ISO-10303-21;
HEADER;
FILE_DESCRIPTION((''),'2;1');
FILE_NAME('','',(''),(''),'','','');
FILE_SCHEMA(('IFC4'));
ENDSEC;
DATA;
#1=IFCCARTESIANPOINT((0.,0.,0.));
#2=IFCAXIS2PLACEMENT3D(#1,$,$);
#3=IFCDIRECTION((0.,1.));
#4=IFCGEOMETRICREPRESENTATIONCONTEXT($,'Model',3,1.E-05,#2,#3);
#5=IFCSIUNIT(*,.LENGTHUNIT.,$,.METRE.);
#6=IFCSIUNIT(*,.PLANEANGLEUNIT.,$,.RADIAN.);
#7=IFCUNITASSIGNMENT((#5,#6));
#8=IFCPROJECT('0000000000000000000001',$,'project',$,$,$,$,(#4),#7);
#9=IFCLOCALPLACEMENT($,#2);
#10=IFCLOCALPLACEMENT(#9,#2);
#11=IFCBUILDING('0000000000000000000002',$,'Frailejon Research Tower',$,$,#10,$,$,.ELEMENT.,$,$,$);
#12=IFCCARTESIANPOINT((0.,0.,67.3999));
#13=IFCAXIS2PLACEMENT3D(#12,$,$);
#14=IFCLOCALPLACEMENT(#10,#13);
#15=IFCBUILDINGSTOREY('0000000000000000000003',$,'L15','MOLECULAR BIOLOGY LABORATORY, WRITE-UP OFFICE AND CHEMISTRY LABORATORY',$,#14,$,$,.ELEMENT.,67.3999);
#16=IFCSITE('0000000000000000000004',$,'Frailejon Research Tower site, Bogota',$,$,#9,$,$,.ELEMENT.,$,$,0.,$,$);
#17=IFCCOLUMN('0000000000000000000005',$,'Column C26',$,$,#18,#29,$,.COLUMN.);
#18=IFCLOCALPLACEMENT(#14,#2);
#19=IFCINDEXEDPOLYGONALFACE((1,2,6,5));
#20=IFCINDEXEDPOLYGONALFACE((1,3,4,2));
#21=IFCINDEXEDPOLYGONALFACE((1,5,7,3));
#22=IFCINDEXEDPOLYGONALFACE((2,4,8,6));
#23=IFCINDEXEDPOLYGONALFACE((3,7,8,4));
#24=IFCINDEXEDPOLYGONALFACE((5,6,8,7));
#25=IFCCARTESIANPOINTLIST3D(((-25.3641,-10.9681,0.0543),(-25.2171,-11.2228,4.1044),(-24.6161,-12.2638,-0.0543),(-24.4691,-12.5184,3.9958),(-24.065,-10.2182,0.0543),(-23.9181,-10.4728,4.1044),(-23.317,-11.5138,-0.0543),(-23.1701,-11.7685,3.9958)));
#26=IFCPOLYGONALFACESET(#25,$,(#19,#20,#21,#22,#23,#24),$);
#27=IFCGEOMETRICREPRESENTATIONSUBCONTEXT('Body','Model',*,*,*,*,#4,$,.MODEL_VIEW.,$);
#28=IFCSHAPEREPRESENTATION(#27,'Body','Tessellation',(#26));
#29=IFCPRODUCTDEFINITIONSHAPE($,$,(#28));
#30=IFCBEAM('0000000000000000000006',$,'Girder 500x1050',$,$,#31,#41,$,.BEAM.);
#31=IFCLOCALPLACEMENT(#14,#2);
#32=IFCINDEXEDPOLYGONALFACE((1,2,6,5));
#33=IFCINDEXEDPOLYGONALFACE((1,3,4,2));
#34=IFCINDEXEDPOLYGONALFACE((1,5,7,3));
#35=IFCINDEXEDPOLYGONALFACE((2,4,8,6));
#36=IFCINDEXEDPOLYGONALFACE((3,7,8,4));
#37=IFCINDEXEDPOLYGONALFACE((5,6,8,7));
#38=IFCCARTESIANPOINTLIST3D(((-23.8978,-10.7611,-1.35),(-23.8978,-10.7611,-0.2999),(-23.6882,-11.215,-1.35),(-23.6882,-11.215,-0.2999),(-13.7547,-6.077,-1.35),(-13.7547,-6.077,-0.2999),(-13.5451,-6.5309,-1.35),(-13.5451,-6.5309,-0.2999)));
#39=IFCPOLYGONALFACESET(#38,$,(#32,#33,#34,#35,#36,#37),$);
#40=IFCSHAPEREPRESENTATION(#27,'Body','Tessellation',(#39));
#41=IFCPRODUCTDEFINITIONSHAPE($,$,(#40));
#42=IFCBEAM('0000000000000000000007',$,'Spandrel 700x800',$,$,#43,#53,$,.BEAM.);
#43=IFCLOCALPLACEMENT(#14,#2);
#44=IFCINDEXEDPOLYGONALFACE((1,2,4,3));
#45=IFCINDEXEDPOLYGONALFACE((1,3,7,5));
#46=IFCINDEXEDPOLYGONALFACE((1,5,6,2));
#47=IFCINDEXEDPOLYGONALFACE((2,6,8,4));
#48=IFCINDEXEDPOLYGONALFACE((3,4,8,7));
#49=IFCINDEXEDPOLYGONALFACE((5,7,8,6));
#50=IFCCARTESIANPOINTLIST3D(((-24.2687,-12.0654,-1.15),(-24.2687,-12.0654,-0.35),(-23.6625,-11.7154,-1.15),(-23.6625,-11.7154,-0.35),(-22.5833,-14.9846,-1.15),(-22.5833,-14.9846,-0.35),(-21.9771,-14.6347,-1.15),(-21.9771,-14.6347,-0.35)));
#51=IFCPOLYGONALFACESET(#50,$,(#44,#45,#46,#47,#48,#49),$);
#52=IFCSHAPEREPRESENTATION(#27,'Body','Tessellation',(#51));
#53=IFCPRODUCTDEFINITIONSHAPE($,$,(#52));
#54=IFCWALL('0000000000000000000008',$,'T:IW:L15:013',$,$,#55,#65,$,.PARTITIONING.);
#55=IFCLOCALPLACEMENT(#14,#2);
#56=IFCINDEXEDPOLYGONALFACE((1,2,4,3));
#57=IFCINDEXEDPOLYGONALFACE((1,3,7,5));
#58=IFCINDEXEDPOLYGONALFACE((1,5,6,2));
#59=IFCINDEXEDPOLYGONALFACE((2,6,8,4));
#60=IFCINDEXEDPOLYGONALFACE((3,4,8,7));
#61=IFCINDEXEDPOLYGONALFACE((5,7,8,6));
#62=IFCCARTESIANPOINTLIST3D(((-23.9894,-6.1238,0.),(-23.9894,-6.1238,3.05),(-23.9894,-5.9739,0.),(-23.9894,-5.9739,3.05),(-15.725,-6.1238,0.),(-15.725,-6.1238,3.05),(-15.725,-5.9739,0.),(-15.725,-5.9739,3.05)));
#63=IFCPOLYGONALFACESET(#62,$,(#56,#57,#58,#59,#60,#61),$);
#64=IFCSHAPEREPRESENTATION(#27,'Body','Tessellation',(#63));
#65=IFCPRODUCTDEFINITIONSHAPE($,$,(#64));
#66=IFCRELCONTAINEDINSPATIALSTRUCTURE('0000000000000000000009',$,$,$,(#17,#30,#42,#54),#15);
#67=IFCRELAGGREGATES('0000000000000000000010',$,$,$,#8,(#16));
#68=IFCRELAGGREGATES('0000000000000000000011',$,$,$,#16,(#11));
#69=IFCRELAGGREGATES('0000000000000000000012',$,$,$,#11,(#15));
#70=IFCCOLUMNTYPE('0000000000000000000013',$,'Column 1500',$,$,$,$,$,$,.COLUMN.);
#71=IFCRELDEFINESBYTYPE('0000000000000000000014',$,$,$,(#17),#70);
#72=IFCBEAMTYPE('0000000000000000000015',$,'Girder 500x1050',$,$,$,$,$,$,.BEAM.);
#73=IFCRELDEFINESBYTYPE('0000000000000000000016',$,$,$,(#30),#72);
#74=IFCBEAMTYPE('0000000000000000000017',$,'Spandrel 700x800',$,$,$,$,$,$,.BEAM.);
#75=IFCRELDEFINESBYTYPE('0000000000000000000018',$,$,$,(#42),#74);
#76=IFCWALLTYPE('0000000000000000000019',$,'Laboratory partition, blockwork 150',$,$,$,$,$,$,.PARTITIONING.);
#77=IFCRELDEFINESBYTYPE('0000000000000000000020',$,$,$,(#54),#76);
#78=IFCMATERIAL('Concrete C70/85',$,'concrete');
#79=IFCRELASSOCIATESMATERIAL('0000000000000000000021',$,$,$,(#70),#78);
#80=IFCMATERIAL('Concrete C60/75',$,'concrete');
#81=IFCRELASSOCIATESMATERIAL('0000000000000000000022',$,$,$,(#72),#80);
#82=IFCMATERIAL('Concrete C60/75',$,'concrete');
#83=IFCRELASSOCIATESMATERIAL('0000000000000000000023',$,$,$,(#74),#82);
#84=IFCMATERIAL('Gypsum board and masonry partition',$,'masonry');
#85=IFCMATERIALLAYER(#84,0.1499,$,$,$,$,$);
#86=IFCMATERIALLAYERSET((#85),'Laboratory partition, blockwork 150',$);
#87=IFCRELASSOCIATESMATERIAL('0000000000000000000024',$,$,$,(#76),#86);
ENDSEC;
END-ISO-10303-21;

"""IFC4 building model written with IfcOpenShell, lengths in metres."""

from ifc_helpers import new_model, si_unit, direction, frame, frame_2d, origin, origin_2d, place, context, subcontext, project, spatial, rectangle, extrude, material, layer, layer_set, material_profile, profile_set, type_object, element, save


model = new_model("IFC4")

# Units and contexts
model_context = context("Model", 3, precision=1e-05, world=origin(), true_north=direction((0.0, 1.0)))
body_context = subcontext(model_context, "Body", "Model", "MODEL_VIEW")
ifc_project = project(units=[si_unit("LENGTHUNIT", "METRE"), si_unit("PLANEANGLEUNIT", "RADIAN")], contexts=[model_context])

# Site, building, storey
site_placement = place(None, origin())
site = spatial("IfcSite", under=ifc_project, at=site_placement, Name="Frailejon Research Tower site, Bogota", CompositionType="ELEMENT", RefElevation=0.0)
building_placement = place(site_placement, origin())
building = spatial("IfcBuilding", under=site, at=building_placement, Name="Frailejon Research Tower", CompositionType="ELEMENT")
storey_placement = place(building_placement, frame((0.0, 0.0, 67.3999)))
storey = spatial("IfcBuildingStorey", under=building, at=storey_placement, Name="L15", Description="MOLECULAR BIOLOGY LABORATORY, WRITE-UP OFFICE AND CHEMISTRY LABORATORY", CompositionType="ELEMENT", Elevation=67.3999)

# Column
ifc_material_1 = material(Name="Concrete C70/85", Category="concrete")
ifc_material_profile_1 = material_profile(ifc_material_1, rectangle(XDim=1.5, YDim=1.5, at=origin_2d()), Name="Column 1500")
ifc_profile_set_1 = profile_set([ifc_material_profile_1], Name="Concrete C70/85")
column_type = type_object("IfcColumnType", Name="Column 1500", PredefinedType="COLUMN", material=ifc_profile_set_1)
column_placement = place(storey_placement, frame((-24.3406, -11.241, 0.0), z_axis=(0.036194, -0.062708, 0.997375), x_axis=(0.498666, -0.863765, -0.072404)))
element("IfcColumn", 1, at=column_placement, inside=storey, type_object=column_type, Name="Column C26", PredefinedType="COLUMN", context=body_context, shape_type="SweptSolid", body=[
    extrude(rectangle(XDim=1.5, YDim=1.5, at=origin_2d()), origin(), (0.0, 0.0, 1.0), 4.0608),
])

# Beams
ifc_material_2 = material(Name="Concrete C60/75", Category="concrete")
ifc_material_profile_2 = material_profile(ifc_material_2, rectangle(XDim=0.5, YDim=1.05, at=origin_2d()), Name="Girder 500x1050")
ifc_profile_set_2 = profile_set([ifc_material_profile_2], Name="Concrete C60/75")
beam_type_1 = type_object("IfcBeamType", Name="Girder 500x1050", PredefinedType="BEAM", material=ifc_profile_set_2)
beam_1_placement = place(storey_placement, frame((-23.793, -10.988, -0.825), z_axis=(0.907869, 0.419255, 0.0), x_axis=(-0.419255, 0.907869, 0.0)))
element("IfcBeam", 2, at=beam_1_placement, inside=storey, type_object=beam_type_1, Name="Girder 500x1050", PredefinedType="BEAM", context=body_context, shape_type="SweptSolid", body=[
    extrude(rectangle(XDim=0.5, YDim=1.05, at=origin_2d()), origin(), (0.0, 0.0, 1.0), 11.1724),
])
ifc_material_3 = material(Name="Concrete C60/75", Category="concrete")
ifc_material_profile_3 = material_profile(ifc_material_3, rectangle(XDim=0.7, YDim=0.8, at=origin_2d()), Name="Spandrel 700x800")
ifc_profile_set_3 = profile_set([ifc_material_profile_3], Name="Concrete C60/75")
beam_type_2 = type_object("IfcBeamType", Name="Spandrel 700x800", PredefinedType="BEAM", material=ifc_profile_set_3)
beam_2_placement = place(storey_placement, frame((-23.9656, -11.8904, -0.75), z_axis=(0.49998, -0.866037, 0.0), x_axis=(0.866037, 0.49998, 0.0)))
element("IfcBeam", 3, at=beam_2_placement, inside=storey, type_object=beam_type_2, Name="Spandrel 700x800", PredefinedType="BEAM", context=body_context, shape_type="SweptSolid", body=[
    extrude(rectangle(XDim=0.7, YDim=0.8, at=origin_2d()), origin(), (0.0, 0.0, 1.0), 3.3708),
])

# Wall
ifc_material_4 = material(Name="Gypsum board and masonry partition", Category="masonry")
ifc_layer = layer(ifc_material_4, 0.1499)
ifc_layer_set = layer_set([ifc_layer], Name="Laboratory partition, blockwork 150")
wall_type = type_object("IfcWallType", Name="Laboratory partition, blockwork 150", PredefinedType="PARTITIONING", material=ifc_layer_set)
wall_placement = place(storey_placement, frame((-23.9895, -6.0488, 0.0), z_axis=(0.0, 0.0, 1.0), x_axis=(1.0, 0.0, 0.0)))
element("IfcWall", 4, at=wall_placement, inside=storey, type_object=wall_type, Name="T:IW:L15:013", PredefinedType="PARTITIONING", context=body_context, shape_type="SweptSolid", body=[
    extrude(rectangle(XDim=8.2644, YDim=0.1499, at=frame_2d((4.1323, 0.0))), origin(), (0.0, 0.0, 1.0), 3.05),
])

save(model, "model.ifc")
